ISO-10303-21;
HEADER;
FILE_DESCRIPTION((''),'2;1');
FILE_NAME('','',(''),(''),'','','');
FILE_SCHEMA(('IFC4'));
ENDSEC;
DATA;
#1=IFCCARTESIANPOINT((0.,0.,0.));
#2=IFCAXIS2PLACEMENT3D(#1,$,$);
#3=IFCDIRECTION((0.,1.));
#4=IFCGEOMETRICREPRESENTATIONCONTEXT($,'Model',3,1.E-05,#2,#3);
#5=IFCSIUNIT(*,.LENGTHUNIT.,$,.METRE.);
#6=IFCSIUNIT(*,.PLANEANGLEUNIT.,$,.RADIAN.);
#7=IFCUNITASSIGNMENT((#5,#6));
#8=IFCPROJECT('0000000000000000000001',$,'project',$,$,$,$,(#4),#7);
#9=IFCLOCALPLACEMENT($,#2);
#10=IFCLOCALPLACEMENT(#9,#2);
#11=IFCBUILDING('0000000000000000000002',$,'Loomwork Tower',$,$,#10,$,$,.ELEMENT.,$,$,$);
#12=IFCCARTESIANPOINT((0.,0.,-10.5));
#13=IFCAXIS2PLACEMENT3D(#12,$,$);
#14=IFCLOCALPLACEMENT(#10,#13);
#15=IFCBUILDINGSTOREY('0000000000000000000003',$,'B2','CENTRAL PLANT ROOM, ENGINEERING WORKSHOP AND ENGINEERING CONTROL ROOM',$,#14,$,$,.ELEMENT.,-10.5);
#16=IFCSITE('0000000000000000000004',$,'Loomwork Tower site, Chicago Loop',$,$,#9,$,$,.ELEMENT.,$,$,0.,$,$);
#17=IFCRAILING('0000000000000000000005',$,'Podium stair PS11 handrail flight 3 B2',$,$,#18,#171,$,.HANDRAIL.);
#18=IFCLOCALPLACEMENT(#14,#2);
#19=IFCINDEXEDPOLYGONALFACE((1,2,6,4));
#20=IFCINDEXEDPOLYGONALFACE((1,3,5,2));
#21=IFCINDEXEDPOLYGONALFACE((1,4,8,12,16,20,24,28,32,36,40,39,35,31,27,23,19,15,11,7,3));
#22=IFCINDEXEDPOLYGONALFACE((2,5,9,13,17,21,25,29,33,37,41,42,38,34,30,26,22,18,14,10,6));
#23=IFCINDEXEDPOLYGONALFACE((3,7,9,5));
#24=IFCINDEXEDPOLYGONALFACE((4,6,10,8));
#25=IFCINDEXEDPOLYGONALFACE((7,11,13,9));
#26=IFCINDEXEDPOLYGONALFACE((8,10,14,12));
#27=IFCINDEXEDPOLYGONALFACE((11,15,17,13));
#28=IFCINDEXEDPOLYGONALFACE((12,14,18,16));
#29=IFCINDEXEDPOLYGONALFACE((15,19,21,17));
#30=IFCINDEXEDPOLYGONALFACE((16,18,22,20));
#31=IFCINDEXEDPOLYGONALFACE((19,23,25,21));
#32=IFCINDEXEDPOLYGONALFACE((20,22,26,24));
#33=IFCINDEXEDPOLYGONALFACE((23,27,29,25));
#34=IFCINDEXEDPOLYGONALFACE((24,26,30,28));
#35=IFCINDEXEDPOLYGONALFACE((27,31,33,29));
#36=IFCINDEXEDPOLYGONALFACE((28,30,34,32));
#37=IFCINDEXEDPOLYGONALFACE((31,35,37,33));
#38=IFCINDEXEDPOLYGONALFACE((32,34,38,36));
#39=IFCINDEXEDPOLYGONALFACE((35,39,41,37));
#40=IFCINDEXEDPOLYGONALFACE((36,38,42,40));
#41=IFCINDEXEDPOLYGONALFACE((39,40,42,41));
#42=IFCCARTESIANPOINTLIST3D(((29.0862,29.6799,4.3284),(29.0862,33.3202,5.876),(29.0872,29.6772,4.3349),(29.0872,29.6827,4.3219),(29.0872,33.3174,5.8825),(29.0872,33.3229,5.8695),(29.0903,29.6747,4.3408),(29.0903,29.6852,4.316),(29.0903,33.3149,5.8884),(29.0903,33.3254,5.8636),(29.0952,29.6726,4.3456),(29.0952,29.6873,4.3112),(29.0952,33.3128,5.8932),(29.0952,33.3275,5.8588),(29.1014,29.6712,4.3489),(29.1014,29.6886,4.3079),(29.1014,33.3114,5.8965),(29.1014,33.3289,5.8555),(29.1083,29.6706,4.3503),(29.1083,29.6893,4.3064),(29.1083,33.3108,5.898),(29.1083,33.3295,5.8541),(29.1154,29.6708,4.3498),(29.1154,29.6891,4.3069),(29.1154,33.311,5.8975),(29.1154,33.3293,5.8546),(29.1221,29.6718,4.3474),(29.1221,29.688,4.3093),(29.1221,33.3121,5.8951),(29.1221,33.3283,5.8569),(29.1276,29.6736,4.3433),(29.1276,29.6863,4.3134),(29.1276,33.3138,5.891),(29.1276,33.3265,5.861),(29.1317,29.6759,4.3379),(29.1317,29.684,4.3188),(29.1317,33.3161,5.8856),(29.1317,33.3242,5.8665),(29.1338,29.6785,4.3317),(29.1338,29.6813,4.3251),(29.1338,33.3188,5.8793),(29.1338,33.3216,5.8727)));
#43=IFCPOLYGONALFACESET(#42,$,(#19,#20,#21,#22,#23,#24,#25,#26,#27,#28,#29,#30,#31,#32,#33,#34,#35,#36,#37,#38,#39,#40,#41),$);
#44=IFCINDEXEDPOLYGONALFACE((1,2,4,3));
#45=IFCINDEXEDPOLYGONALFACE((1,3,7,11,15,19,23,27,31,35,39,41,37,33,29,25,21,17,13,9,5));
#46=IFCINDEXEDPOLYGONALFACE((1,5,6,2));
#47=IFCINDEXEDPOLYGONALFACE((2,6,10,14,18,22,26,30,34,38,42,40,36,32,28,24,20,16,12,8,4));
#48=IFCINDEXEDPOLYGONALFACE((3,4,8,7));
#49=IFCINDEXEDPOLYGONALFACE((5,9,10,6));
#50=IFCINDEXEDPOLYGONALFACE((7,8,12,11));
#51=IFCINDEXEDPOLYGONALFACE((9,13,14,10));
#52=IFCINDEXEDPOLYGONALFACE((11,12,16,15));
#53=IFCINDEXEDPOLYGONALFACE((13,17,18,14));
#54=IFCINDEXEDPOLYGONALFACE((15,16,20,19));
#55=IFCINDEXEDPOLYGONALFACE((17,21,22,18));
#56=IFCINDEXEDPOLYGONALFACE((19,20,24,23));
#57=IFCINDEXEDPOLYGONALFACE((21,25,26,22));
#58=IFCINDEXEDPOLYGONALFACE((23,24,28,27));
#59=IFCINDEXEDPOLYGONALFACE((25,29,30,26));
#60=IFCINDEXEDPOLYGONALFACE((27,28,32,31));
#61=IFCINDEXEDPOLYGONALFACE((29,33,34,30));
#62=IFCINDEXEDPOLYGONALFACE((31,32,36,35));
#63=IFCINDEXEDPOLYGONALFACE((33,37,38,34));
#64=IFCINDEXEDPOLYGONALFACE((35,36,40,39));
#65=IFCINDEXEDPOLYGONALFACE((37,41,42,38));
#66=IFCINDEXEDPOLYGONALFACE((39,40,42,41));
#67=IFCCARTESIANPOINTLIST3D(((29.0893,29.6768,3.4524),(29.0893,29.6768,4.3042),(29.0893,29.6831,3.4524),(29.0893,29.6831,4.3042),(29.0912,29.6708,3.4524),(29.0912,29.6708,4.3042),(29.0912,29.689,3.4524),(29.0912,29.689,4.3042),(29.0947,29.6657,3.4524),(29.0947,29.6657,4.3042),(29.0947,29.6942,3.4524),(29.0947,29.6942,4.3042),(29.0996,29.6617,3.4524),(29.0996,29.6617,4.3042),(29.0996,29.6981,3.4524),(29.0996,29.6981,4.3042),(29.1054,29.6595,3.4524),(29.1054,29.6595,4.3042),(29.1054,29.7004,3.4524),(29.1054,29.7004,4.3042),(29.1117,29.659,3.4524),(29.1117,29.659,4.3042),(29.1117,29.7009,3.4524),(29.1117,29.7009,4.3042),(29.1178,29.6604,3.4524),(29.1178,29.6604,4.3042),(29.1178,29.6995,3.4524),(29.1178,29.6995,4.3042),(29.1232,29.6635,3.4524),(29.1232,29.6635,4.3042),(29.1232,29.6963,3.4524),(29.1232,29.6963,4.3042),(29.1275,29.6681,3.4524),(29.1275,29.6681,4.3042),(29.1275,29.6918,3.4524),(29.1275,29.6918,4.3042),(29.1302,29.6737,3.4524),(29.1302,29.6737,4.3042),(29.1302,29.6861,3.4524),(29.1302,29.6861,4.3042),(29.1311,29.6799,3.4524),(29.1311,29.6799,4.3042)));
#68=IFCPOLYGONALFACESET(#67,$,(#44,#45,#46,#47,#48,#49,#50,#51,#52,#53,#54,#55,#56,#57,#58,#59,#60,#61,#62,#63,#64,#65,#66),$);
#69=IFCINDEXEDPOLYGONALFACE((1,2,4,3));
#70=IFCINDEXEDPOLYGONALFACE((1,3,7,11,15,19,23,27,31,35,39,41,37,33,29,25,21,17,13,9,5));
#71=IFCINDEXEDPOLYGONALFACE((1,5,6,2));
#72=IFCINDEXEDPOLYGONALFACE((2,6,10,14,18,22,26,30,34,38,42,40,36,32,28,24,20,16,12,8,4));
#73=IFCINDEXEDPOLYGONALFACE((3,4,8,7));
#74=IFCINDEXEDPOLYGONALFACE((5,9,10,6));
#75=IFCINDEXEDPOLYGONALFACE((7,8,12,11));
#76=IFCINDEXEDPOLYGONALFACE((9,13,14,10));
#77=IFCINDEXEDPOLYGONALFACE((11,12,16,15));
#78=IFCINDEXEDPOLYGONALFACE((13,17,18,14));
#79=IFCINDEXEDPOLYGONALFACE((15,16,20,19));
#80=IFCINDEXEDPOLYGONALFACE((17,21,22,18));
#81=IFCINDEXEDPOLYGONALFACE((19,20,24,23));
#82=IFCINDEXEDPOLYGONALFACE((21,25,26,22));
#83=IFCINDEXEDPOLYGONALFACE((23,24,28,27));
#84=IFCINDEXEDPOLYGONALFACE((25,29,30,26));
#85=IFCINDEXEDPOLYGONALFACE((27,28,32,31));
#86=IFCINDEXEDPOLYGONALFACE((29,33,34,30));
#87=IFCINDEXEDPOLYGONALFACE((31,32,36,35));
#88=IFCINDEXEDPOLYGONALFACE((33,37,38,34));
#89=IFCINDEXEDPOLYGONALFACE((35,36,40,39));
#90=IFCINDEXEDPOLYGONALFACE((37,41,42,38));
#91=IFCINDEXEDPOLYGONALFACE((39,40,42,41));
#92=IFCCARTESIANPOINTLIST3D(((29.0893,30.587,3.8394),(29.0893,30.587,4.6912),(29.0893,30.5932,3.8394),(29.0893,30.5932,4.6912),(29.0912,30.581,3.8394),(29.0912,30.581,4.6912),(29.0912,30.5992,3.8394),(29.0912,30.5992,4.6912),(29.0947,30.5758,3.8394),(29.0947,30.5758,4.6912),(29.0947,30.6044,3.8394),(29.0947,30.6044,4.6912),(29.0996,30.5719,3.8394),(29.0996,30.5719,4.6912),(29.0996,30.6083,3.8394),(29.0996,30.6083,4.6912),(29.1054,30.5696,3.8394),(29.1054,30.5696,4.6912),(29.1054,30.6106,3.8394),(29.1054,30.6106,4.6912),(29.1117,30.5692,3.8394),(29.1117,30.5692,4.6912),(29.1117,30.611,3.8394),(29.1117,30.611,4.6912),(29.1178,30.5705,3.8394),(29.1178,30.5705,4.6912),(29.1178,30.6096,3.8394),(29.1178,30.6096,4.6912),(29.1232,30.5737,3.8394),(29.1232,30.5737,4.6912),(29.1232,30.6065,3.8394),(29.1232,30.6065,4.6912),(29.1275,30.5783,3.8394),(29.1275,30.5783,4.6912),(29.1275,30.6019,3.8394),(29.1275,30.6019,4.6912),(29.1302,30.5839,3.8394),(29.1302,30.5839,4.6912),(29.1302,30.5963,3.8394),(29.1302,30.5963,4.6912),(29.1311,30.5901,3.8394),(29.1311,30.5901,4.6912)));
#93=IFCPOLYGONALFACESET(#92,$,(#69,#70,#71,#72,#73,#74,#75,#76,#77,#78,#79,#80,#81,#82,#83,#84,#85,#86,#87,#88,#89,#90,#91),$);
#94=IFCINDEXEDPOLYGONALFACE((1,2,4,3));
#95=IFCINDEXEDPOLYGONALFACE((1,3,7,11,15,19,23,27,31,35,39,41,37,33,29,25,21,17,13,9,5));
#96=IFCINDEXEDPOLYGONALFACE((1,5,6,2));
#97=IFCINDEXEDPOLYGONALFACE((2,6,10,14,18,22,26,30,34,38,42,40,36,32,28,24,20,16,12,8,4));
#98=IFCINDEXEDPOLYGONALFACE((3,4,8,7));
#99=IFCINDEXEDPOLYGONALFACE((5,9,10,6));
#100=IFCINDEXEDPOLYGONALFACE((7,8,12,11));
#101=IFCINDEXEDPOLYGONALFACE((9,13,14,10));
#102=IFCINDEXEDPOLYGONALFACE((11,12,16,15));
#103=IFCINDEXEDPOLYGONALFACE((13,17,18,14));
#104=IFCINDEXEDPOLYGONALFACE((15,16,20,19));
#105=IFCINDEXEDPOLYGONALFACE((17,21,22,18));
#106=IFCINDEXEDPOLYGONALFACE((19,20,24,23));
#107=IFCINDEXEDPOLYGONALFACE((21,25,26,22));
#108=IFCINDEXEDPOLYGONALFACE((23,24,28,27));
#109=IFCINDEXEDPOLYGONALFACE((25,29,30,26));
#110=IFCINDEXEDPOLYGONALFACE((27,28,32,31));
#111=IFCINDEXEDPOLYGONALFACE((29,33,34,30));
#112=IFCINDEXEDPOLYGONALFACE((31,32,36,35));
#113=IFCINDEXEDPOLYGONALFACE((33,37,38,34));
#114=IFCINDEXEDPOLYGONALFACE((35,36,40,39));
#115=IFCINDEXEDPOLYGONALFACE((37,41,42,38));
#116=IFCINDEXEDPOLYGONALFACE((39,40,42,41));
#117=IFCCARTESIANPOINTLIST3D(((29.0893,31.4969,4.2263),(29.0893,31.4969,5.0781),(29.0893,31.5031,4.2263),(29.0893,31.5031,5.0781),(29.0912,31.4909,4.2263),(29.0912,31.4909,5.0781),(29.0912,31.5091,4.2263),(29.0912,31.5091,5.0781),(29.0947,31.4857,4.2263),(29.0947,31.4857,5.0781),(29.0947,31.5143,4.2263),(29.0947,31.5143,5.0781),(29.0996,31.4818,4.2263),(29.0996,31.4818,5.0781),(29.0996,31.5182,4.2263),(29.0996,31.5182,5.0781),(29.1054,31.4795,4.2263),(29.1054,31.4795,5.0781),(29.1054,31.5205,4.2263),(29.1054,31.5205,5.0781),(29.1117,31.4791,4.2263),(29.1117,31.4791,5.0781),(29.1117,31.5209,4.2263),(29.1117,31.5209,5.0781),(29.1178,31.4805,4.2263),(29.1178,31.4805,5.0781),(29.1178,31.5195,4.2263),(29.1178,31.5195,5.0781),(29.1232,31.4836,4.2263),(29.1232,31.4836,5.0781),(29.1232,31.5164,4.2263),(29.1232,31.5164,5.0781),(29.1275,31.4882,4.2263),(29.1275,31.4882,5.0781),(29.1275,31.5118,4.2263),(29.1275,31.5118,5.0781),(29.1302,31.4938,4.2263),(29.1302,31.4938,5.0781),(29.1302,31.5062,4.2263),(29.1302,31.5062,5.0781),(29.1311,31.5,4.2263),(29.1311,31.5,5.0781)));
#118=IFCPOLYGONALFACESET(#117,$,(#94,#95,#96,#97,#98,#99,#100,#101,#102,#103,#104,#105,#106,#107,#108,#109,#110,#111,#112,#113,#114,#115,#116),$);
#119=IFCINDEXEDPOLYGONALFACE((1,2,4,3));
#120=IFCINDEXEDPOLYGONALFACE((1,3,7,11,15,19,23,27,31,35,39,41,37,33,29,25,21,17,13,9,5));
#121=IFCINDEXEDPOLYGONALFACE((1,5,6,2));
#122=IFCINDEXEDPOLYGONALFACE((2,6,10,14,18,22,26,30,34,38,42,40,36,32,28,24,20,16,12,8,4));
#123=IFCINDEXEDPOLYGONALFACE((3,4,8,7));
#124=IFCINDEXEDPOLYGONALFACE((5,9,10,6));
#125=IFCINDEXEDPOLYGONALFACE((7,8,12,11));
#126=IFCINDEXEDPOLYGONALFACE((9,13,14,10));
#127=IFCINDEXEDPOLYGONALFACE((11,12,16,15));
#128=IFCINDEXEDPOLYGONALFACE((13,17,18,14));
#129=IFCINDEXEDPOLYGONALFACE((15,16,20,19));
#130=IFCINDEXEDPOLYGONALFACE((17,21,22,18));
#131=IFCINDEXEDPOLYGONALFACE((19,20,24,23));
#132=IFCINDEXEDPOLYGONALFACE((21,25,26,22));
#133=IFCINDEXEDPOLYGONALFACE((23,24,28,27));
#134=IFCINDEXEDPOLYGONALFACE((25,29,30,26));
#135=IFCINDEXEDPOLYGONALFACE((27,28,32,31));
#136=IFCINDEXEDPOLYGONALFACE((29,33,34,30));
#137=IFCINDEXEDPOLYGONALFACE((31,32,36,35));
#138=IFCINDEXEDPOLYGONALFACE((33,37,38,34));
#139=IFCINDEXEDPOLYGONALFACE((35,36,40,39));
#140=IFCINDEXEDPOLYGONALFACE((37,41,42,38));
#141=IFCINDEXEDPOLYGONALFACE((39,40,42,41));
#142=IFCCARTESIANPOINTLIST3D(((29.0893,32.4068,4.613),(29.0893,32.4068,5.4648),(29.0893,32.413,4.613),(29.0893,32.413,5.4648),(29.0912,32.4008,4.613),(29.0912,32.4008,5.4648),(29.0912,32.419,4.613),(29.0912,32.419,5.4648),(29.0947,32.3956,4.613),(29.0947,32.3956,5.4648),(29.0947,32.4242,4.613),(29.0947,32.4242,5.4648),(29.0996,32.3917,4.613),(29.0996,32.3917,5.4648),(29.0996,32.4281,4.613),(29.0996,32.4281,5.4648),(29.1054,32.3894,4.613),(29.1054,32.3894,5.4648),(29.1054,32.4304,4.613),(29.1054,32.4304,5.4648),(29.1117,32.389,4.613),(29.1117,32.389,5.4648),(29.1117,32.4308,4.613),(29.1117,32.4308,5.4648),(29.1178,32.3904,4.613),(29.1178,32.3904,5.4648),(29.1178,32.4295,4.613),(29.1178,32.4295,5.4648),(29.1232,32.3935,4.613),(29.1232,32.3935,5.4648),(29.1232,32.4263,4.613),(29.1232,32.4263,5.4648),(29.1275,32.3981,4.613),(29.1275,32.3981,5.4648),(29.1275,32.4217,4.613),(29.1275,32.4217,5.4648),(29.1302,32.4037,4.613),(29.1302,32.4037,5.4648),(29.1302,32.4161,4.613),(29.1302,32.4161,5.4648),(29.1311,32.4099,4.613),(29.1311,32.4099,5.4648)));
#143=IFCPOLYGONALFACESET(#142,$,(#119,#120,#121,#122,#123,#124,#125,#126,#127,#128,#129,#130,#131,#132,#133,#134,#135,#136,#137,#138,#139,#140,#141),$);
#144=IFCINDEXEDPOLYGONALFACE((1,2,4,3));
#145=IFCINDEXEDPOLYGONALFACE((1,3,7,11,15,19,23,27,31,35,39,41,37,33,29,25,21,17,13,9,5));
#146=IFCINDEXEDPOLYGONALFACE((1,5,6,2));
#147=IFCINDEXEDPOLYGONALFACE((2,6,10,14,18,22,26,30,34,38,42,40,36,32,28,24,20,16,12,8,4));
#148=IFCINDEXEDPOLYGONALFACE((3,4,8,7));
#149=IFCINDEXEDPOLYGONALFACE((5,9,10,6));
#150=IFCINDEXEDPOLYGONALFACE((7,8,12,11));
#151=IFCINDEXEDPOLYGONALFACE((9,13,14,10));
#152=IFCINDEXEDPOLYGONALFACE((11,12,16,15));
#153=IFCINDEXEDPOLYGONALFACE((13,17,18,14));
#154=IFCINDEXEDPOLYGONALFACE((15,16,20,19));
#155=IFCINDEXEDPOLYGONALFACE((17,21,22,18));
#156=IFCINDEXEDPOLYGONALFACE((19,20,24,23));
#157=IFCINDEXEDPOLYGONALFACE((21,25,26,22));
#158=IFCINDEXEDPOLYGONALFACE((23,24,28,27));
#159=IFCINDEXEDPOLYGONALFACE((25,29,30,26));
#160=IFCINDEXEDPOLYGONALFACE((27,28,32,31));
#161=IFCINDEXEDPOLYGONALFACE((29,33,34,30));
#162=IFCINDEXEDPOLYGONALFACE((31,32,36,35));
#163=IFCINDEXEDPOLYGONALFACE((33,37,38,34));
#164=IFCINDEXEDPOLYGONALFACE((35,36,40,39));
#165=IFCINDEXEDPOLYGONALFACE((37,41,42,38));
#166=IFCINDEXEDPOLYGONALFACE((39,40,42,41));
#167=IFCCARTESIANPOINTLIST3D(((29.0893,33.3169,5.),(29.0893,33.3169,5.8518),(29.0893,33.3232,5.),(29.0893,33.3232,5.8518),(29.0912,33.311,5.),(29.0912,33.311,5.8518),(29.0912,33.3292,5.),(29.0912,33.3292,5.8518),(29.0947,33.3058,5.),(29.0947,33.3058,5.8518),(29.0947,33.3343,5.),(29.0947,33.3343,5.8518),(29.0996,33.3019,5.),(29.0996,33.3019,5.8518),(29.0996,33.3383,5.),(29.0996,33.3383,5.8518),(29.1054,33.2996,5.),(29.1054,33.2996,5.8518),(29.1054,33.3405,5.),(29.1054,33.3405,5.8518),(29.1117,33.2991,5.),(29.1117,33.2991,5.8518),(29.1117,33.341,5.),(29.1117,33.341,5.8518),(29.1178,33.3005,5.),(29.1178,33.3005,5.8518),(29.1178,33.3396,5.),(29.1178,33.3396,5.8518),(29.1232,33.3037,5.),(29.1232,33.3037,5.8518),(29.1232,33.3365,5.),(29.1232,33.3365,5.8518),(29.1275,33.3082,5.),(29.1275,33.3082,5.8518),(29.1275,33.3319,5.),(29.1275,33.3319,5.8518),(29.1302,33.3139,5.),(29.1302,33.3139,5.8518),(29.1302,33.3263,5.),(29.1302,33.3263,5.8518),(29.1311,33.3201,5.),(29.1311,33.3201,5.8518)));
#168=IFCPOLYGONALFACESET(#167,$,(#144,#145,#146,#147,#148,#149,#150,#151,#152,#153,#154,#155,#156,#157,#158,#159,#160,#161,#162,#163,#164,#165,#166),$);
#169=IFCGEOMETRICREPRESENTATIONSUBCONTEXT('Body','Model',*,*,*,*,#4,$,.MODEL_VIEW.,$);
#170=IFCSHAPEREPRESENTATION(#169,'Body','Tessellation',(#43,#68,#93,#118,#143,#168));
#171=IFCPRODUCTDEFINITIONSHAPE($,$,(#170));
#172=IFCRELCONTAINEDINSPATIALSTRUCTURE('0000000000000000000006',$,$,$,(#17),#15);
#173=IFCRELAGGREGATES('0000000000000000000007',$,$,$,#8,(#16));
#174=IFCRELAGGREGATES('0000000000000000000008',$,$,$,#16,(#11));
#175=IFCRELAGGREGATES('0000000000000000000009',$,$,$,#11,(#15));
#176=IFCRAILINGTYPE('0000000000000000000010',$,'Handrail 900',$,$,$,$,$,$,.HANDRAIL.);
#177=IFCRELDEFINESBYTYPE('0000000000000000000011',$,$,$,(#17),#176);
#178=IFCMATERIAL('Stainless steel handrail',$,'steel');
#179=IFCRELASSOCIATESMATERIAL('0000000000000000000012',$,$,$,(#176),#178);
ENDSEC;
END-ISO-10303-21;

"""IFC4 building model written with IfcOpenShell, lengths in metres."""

from ifc_helpers import new_model, si_unit, direction, frame, origin, origin_2d, place, context, subcontext, project, spatial, circle, extrude, material, type_object, element, save


model = new_model("IFC4")

# Units and contexts
model_context = context("Model", 3, precision=1e-05, world=origin(), true_north=direction((0.0, 1.0)))
body_context = subcontext(model_context, "Body", "Model", "MODEL_VIEW")
ifc_project = project(units=[si_unit("LENGTHUNIT", "METRE"), si_unit("PLANEANGLEUNIT", "RADIAN")], contexts=[model_context])

# Site, building, storey
site_placement = place(None, origin())
site = spatial("IfcSite", under=ifc_project, at=site_placement, Name="Loomwork Tower site, Chicago Loop", CompositionType="ELEMENT", RefElevation=0.0)
building_placement = place(site_placement, origin())
building = spatial("IfcBuilding", under=site, at=building_placement, Name="Loomwork Tower", CompositionType="ELEMENT")
storey_placement = place(building_placement, frame((0.0, 0.0, -10.5)))
storey = spatial("IfcBuildingStorey", under=building, at=storey_placement, Name="B2", Description="CENTRAL PLANT ROOM, ENGINEERING WORKSHOP AND ENGINEERING CONTROL ROOM", CompositionType="ELEMENT", Elevation=-10.5)

# Railing
ifc_material_1 = material(Name="Stainless steel handrail", Category="steel")
railing_type = type_object("IfcRailingType", Name="Handrail 900", PredefinedType="HANDRAIL", material=ifc_material_1)
railing_1_placement = place(storey_placement, frame((29.1101, 29.6799, 3.4524)))
element("IfcRailing", 1, at=railing_1_placement, inside=storey, type_object=railing_type, Name="Podium stair PS11 handrail flight 3 B2", PredefinedType="HANDRAIL", context=body_context, shape_type="SweptSolid", body=[
    extrude(circle(Radius=0.0239, at=origin_2d()), frame((0.0, 0.0, 0.876), z_axis=(0.0, 0.920281, 0.391258), x_axis=(-1.0, 0.0, 0.0)), (0.0, 0.0, 1.0), 3.9556),
    extrude(circle(Radius=0.021, at=origin_2d()), origin(), (0.0, 0.0, 1.0), 0.8518),
    extrude(circle(Radius=0.021, at=origin_2d()), frame((0.0, 0.9102, 0.387)), (0.0, 0.0, 1.0), 0.8518),
    extrude(circle(Radius=0.021, at=origin_2d()), frame((0.0, 1.8201, 0.7739)), (0.0, 0.0, 1.0), 0.8518),
    extrude(circle(Radius=0.021, at=origin_2d()), frame((0.0, 2.73, 1.1606)), (0.0, 0.0, 1.0), 0.8518),
    extrude(circle(Radius=0.021, at=origin_2d()), frame((0.0, 3.6401, 1.5476)), (0.0, 0.0, 1.0), 0.8518),
])

save(model, "model.ifc")
